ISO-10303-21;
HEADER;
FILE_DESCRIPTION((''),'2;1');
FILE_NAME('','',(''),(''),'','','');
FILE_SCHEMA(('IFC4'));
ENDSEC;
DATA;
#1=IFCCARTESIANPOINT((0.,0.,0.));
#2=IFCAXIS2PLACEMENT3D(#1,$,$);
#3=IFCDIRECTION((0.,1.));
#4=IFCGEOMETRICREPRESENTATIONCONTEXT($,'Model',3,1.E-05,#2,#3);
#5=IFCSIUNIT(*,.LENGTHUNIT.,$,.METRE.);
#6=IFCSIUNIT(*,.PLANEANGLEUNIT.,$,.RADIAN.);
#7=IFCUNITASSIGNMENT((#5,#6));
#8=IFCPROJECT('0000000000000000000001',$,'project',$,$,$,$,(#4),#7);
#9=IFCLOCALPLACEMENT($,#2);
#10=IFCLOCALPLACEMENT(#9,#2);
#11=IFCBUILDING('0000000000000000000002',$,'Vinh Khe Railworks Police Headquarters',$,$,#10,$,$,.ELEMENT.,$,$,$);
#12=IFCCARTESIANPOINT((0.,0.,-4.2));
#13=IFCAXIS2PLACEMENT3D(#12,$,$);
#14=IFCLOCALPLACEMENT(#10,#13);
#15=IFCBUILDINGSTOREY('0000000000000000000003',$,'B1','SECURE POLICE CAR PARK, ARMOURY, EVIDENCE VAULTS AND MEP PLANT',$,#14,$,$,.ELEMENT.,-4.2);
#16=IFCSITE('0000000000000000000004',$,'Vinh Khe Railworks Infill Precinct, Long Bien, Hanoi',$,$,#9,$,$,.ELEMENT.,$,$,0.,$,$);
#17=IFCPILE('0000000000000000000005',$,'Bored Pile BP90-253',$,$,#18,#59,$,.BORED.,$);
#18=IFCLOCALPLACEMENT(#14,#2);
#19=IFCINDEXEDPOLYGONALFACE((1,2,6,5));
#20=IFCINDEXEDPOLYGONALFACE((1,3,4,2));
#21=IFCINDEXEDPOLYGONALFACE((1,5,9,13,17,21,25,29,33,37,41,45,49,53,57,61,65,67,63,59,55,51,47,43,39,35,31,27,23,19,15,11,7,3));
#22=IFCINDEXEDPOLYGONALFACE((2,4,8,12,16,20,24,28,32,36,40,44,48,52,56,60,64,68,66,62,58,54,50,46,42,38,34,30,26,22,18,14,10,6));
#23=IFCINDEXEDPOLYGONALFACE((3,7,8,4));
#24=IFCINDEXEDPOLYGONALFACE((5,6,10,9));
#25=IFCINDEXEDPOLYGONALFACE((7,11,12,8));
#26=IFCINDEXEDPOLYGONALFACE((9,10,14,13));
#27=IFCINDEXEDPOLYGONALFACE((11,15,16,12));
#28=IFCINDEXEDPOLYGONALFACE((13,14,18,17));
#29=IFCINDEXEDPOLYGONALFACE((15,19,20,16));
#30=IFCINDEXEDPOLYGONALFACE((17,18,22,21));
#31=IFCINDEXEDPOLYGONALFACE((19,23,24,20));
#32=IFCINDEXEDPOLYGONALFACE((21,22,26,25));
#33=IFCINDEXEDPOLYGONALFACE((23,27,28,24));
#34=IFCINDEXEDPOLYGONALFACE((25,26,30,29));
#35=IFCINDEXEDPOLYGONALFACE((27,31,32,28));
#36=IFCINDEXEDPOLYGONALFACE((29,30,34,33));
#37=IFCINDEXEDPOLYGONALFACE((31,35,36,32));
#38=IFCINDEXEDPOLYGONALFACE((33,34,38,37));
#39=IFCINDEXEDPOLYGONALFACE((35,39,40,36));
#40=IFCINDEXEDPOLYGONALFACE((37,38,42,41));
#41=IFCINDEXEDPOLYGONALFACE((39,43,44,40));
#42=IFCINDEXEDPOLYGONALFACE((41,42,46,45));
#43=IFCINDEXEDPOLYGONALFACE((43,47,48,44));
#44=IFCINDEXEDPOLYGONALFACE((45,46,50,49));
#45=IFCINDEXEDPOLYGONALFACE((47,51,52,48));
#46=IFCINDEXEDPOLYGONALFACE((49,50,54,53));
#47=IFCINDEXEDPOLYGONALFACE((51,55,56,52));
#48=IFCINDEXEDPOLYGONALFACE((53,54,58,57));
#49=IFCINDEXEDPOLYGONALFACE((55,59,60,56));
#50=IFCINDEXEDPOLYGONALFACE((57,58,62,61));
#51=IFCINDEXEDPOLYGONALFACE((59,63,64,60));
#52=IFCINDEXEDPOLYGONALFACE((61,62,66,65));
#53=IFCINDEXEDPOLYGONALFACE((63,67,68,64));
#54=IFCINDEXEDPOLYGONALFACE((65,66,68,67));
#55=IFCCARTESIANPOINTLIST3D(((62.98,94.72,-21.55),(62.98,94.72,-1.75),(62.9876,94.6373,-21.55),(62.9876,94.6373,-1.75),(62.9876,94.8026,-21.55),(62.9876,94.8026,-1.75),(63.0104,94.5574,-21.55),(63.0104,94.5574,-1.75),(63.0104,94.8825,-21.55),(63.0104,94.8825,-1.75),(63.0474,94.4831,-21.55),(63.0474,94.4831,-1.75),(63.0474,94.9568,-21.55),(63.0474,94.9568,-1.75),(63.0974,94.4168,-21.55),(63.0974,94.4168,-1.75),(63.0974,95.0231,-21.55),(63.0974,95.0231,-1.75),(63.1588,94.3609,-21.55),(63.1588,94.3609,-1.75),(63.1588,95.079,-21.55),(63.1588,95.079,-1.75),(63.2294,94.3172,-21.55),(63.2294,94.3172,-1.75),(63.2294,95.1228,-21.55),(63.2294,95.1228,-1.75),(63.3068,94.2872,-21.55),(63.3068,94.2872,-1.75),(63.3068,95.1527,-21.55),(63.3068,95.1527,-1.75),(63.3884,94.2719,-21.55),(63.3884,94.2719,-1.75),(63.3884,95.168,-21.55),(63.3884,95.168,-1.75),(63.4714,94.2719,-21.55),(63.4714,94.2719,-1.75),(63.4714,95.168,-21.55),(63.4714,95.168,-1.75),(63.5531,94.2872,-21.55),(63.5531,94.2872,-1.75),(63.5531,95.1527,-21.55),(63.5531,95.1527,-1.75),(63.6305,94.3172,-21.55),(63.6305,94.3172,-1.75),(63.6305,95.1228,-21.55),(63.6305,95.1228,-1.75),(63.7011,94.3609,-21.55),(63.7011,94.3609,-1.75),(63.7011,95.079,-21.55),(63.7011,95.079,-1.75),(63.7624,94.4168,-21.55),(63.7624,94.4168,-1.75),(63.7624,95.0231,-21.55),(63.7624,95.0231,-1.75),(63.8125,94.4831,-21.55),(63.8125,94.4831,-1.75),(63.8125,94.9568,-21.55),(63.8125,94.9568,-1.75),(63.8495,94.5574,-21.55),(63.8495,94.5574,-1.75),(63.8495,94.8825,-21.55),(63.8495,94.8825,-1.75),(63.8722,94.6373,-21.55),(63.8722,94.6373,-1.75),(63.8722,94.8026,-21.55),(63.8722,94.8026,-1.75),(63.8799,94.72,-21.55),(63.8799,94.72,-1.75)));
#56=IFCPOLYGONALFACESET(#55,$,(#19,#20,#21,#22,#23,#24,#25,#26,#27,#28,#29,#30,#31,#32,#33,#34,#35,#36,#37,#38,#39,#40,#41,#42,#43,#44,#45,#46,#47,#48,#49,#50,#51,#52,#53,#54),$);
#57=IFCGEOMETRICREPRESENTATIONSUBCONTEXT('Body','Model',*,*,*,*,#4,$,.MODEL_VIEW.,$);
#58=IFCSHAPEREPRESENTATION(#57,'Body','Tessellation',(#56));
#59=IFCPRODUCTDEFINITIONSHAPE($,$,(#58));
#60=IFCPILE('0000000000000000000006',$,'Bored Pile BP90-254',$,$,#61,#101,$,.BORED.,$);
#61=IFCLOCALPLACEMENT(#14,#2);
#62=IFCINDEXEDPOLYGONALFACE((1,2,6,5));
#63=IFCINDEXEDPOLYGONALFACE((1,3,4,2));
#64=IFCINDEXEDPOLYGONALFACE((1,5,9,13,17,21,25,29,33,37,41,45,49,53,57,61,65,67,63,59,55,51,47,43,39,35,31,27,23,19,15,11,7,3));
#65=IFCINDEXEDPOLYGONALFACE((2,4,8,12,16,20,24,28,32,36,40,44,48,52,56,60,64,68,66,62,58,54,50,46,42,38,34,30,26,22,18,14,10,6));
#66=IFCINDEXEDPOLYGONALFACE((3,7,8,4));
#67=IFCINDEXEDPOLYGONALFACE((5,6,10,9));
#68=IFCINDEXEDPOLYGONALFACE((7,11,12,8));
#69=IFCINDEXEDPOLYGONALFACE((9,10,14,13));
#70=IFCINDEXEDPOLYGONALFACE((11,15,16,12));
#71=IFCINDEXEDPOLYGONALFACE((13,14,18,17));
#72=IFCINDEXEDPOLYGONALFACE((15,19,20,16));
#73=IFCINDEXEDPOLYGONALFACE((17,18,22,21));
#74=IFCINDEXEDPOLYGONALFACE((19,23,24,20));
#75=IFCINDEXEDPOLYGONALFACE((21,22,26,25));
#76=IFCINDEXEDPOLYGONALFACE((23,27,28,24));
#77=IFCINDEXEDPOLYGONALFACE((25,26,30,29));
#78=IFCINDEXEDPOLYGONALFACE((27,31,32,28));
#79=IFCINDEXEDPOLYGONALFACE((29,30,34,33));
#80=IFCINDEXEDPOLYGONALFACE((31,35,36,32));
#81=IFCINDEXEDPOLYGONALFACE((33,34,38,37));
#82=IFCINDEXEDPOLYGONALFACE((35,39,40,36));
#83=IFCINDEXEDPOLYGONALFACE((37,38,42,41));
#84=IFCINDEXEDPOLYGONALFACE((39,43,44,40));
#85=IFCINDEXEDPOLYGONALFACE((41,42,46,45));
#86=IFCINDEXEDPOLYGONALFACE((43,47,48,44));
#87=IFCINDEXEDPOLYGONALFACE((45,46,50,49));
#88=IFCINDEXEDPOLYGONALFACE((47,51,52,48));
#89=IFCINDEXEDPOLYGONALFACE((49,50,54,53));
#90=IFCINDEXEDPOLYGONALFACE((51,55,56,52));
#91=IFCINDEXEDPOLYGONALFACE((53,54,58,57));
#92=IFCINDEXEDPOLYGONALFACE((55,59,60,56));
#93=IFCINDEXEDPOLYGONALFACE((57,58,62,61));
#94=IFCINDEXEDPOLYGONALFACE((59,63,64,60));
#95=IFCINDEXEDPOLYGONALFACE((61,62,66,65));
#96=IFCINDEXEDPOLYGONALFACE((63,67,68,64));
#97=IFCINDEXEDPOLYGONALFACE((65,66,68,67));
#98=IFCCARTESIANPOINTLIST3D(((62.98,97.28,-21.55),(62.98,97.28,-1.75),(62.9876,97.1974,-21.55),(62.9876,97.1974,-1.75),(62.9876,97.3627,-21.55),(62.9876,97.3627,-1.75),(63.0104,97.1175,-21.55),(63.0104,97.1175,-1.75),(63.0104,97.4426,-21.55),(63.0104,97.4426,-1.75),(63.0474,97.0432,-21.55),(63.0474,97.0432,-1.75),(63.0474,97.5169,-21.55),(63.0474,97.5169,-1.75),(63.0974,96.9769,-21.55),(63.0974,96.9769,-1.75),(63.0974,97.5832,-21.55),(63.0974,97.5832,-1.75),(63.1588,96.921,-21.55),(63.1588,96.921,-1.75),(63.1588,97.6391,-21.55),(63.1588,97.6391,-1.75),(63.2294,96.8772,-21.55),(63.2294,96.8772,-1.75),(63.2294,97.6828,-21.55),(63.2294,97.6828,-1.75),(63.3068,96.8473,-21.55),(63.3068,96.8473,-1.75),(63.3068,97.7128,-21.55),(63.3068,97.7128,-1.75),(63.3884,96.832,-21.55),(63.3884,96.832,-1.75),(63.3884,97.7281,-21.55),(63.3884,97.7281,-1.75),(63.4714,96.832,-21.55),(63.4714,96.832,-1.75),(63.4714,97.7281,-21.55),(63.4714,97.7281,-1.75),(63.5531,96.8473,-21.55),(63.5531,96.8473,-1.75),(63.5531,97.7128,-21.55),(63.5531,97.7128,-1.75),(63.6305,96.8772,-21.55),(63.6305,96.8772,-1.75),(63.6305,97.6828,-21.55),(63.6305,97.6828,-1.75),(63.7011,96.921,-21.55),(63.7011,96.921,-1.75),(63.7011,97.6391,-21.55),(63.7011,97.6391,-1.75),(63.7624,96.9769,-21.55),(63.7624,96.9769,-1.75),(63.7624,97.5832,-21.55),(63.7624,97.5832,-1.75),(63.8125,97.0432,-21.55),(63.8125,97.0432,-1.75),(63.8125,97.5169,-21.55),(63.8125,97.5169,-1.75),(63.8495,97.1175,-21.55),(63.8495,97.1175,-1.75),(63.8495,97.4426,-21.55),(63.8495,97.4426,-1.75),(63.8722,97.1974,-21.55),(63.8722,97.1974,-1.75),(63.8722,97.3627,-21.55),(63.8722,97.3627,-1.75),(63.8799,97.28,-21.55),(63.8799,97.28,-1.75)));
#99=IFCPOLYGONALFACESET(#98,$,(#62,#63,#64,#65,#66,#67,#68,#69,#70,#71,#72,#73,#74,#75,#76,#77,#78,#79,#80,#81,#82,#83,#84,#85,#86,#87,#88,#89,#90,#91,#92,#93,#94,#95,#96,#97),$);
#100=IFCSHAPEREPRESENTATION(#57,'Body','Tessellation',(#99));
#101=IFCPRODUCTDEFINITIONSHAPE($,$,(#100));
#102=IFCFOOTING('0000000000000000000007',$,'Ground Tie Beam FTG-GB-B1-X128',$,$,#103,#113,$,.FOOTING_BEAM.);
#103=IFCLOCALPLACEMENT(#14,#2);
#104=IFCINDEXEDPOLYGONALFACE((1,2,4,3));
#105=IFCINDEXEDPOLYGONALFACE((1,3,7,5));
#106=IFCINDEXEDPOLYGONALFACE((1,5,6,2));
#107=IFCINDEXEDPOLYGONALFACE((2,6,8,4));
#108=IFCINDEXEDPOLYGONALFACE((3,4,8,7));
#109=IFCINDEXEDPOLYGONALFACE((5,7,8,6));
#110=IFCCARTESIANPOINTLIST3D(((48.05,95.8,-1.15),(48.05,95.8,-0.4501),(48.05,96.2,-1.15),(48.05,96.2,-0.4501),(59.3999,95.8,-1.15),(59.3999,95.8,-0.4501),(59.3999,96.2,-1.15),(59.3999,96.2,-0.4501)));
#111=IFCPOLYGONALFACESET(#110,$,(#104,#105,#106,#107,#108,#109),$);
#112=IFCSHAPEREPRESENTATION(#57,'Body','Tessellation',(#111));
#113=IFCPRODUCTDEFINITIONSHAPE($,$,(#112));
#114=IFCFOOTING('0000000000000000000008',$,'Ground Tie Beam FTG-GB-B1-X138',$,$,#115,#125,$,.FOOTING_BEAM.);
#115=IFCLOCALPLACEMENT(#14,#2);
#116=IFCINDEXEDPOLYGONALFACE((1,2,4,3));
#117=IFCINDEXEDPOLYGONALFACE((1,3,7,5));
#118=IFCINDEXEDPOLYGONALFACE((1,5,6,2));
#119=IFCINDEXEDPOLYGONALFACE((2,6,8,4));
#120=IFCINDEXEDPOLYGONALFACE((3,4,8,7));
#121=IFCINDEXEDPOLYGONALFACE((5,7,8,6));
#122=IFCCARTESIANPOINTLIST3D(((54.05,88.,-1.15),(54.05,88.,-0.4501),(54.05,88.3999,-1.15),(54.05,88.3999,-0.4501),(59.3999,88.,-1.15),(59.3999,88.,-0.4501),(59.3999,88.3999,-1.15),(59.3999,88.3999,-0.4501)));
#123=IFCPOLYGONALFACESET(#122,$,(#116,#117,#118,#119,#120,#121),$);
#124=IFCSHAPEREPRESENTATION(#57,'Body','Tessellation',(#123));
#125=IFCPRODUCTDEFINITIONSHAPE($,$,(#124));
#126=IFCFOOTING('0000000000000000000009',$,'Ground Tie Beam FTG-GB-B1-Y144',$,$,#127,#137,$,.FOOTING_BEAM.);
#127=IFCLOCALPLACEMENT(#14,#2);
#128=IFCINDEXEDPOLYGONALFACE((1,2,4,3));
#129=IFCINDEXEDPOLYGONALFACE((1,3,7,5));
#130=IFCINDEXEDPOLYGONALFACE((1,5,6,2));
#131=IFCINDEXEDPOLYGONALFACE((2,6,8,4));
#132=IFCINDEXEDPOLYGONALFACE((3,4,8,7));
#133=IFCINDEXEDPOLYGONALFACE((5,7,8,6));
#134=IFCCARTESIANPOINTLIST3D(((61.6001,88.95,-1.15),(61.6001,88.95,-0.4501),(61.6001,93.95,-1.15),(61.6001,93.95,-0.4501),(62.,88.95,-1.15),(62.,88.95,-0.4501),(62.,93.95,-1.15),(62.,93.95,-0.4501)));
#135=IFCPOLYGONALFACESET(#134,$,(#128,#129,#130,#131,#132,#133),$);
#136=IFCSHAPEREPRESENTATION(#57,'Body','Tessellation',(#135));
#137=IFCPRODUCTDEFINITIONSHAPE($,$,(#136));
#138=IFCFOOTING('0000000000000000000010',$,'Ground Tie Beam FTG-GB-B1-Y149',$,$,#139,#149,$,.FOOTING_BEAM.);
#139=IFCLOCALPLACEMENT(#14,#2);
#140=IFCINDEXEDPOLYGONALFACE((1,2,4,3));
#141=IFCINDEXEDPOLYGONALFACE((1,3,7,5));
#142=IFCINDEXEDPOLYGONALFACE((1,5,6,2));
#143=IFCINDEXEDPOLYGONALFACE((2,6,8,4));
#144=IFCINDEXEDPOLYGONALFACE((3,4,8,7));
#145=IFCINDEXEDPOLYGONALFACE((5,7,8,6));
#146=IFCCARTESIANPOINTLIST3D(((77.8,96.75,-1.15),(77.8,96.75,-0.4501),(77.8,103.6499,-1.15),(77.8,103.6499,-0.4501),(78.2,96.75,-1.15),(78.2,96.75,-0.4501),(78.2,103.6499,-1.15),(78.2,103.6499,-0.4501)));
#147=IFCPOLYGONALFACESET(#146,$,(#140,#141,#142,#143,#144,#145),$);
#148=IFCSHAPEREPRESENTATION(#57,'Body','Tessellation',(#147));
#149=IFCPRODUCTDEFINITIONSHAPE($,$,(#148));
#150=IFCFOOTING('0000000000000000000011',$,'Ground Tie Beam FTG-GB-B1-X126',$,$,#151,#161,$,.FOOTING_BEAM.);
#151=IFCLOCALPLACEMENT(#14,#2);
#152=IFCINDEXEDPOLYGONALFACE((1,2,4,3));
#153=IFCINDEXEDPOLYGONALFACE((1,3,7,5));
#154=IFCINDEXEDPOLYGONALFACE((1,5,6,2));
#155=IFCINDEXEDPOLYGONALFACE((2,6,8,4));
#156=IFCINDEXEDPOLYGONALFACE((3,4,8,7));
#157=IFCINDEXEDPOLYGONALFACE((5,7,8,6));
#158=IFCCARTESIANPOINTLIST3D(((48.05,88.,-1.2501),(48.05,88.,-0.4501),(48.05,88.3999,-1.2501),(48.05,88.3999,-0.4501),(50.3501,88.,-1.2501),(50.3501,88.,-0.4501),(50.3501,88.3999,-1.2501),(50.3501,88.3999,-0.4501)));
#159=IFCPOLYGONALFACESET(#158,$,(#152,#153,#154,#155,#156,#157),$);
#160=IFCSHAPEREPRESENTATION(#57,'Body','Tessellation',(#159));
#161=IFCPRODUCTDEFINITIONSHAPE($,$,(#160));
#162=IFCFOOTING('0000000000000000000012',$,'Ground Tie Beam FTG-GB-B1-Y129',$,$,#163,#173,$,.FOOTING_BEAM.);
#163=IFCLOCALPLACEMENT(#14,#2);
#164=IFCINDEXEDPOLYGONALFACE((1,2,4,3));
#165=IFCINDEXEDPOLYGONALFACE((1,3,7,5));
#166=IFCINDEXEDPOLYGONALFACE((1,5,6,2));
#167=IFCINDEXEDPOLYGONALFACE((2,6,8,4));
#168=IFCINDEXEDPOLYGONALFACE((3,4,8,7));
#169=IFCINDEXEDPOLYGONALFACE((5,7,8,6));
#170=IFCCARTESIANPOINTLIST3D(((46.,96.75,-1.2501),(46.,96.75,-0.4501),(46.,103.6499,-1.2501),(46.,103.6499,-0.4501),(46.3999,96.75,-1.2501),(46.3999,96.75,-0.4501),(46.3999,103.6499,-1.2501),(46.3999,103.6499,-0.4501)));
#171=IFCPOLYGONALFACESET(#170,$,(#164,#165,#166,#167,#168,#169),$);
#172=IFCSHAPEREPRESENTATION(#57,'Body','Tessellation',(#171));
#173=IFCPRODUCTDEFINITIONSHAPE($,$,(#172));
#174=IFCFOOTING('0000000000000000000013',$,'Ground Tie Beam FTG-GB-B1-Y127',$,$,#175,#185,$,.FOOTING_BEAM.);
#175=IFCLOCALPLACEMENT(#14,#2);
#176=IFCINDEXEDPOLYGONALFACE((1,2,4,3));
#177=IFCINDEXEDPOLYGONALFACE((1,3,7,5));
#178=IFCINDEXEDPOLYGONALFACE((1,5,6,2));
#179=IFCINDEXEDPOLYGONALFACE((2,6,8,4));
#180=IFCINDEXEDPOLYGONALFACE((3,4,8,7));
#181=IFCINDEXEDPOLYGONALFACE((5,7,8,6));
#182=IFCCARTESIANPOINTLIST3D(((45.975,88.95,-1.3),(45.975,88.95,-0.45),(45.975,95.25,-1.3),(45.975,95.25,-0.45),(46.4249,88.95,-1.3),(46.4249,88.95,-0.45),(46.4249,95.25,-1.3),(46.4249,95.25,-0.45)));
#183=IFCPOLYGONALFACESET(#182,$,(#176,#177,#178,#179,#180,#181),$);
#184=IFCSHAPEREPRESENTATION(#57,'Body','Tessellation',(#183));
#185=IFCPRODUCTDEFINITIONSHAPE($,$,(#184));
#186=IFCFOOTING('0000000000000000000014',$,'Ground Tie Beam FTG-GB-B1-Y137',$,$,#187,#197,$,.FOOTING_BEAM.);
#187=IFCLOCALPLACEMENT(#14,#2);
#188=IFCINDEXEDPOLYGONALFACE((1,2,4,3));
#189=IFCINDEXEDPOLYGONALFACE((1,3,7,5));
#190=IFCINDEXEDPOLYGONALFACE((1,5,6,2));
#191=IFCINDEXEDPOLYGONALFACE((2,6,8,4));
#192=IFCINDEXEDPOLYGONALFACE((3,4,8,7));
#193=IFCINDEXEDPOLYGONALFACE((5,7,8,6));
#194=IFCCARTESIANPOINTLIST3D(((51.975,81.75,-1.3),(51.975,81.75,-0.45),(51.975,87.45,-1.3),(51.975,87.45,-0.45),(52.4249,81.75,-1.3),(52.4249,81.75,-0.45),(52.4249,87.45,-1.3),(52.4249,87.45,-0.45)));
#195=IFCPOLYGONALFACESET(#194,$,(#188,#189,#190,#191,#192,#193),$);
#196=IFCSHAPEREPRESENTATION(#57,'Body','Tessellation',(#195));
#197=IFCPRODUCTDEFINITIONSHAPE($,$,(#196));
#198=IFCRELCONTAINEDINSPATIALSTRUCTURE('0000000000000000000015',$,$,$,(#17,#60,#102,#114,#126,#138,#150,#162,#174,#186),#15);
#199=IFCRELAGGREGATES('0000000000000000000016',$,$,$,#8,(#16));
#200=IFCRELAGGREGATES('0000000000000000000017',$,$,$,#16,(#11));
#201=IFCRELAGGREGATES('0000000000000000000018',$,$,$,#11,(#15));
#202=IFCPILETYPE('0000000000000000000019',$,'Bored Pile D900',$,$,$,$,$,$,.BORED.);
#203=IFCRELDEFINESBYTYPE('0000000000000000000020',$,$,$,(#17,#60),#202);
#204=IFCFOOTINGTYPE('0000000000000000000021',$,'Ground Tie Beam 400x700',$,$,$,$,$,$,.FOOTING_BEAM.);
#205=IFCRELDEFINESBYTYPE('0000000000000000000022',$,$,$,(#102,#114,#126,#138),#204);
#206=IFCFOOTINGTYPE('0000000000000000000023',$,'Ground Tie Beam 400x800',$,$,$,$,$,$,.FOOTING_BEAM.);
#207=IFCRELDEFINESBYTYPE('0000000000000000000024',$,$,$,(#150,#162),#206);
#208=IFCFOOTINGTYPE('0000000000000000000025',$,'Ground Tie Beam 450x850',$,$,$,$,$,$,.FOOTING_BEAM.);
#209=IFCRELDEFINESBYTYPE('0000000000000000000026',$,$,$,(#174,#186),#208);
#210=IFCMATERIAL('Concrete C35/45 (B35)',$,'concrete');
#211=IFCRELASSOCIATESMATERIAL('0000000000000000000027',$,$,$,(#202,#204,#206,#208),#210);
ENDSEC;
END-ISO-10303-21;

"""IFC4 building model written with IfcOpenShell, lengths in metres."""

from ifc_helpers import new_model, si_unit, direction, frame, origin, origin_2d, place, context, subcontext, project, spatial, rectangle, circle, extrude, material, material_profile, profile_set, type_object, element, save


model = new_model("IFC4")

# Units and contexts
model_context = context("Model", 3, precision=1e-05, world=origin(), true_north=direction((0.0, 1.0)))
body_context = subcontext(model_context, "Body", "Model", "MODEL_VIEW")
ifc_project = project(units=[si_unit("LENGTHUNIT", "METRE"), si_unit("PLANEANGLEUNIT", "RADIAN")], contexts=[model_context])

# Site, building, storey
site_placement = place(None, origin())
site = spatial("IfcSite", under=ifc_project, at=site_placement, Name="Vinh Khe Railworks Infill Precinct, Long Bien, Hanoi", CompositionType="ELEMENT", RefElevation=0.0)
building_placement = place(site_placement, origin())
building = spatial("IfcBuilding", under=site, at=building_placement, Name="Vinh Khe Railworks Police Headquarters", CompositionType="ELEMENT")
storey_placement = place(building_placement, frame((0.0, 0.0, -4.2)))
storey = spatial("IfcBuildingStorey", under=building, at=storey_placement, Name="B1", Description="SECURE POLICE CAR PARK, ARMOURY, EVIDENCE VAULTS AND MEP PLANT", CompositionType="ELEMENT", Elevation=-4.2)

# Piles
ifc_material_1 = material(Name="Concrete C35/45 (B35)", Category="concrete")
ifc_material_profile_1 = material_profile(ifc_material_1, circle(Radius=0.45, at=origin_2d()), Name="BORED PILE D900")
ifc_profile_set_1 = profile_set([ifc_material_profile_1], Name="Concrete C35/45 (B35)")
pile_type_1 = type_object("IfcPileType", Name="Bored Pile D900", PredefinedType="BORED", material=ifc_profile_set_1)
for number, where, z_axis, x_axis, name in (
    (1, (63.4299, 94.72, -1.75), (0.0, 0.0, -1.0), (1.0, 0.0, 0.0), "Bored Pile BP90-253"),
    (2, (63.4299, 97.28, -1.75), (0.0, 0.0, -1.0), (1.0, 0.0, 0.0), "Bored Pile BP90-254"),
):
    element("IfcPile", number, at=place(storey_placement, frame(where, z_axis=z_axis, x_axis=x_axis)), inside=storey, type_object=pile_type_1, Name=name, PredefinedType="BORED", context=body_context, shape_type="SweptSolid", body=[
        extrude(circle(Radius=0.45, at=origin_2d()), origin(), (0.0, 0.0, 1.0), 19.8),
    ])

# Footings
ifc_material_profile_2 = material_profile(ifc_material_1, rectangle(XDim=0.3999, YDim=0.7, at=origin_2d()), Name="RC 400x700")
ifc_profile_set_2 = profile_set([ifc_material_profile_2], Name="Concrete C35/45 (B35)")
footing_type_1 = type_object("IfcFootingType", Name="Ground Tie Beam 400x700", PredefinedType="FOOTING_BEAM", material=ifc_profile_set_2)
footing_1_placement = place(storey_placement, frame((48.05, 96.0, -0.8), z_axis=(1.0, 0.0, 0.0), x_axis=(0.0, 1.0, 0.0)))
element("IfcFooting", 3, at=footing_1_placement, inside=storey, type_object=footing_type_1, Name="Ground Tie Beam FTG-GB-B1-X128", PredefinedType="FOOTING_BEAM", context=body_context, shape_type="SweptSolid", body=[
    extrude(rectangle(XDim=0.3999, YDim=0.7, at=origin_2d()), origin(), (0.0, 0.0, 1.0), 11.3499),
])
footing_2_placement = place(storey_placement, frame((54.05, 88.2, -0.8), z_axis=(1.0, 0.0, 0.0), x_axis=(0.0, 1.0, 0.0)))
element("IfcFooting", 4, at=footing_2_placement, inside=storey, type_object=footing_type_1, Name="Ground Tie Beam FTG-GB-B1-X138", PredefinedType="FOOTING_BEAM", context=body_context, shape_type="SweptSolid", body=[
    extrude(rectangle(XDim=0.3999, YDim=0.7, at=origin_2d()), origin(), (0.0, 0.0, 1.0), 5.3499),
])
footing_3_placement = place(storey_placement, frame((61.8, 88.95, -0.8), z_axis=(0.0, 1.0, 0.0), x_axis=(-1.0, 0.0, 0.0)))
element("IfcFooting", 5, at=footing_3_placement, inside=storey, type_object=footing_type_1, Name="Ground Tie Beam FTG-GB-B1-Y144", PredefinedType="FOOTING_BEAM", context=body_context, shape_type="SweptSolid", body=[
    extrude(rectangle(XDim=0.3999, YDim=0.7, at=origin_2d()), origin(), (0.0, 0.0, 1.0), 5.0),
])
footing_4_placement = place(storey_placement, frame((78.0, 96.75, -0.8), z_axis=(0.0, 1.0, 0.0), x_axis=(-1.0, 0.0, 0.0)))
element("IfcFooting", 6, at=footing_4_placement, inside=storey, type_object=footing_type_1, Name="Ground Tie Beam FTG-GB-B1-Y149", PredefinedType="FOOTING_BEAM", context=body_context, shape_type="SweptSolid", body=[
    extrude(rectangle(XDim=0.3999, YDim=0.7, at=origin_2d()), origin(), (0.0, 0.0, 1.0), 6.8999),
])
ifc_material_profile_3 = material_profile(ifc_material_1, rectangle(XDim=0.3999, YDim=0.8, at=origin_2d()), Name="RC 400x800")
ifc_profile_set_3 = profile_set([ifc_material_profile_3], Name="Concrete C35/45 (B35)")
footing_type_2 = type_object("IfcFootingType", Name="Ground Tie Beam 400x800", PredefinedType="FOOTING_BEAM", material=ifc_profile_set_3)
footing_5_placement = place(storey_placement, frame((48.05, 88.2, -0.8501), z_axis=(1.0, 0.0, 0.0), x_axis=(0.0, 1.0, 0.0)))
element("IfcFooting", 7, at=footing_5_placement, inside=storey, type_object=footing_type_2, Name="Ground Tie Beam FTG-GB-B1-X126", PredefinedType="FOOTING_BEAM", context=body_context, shape_type="SweptSolid", body=[
    extrude(rectangle(XDim=0.3999, YDim=0.8, at=origin_2d()), origin(), (0.0, 0.0, 1.0), 2.3),
])
footing_6_placement = place(storey_placement, frame((46.2, 96.75, -0.8501), z_axis=(0.0, 1.0, 0.0), x_axis=(-1.0, 0.0, 0.0)))
element("IfcFooting", 8, at=footing_6_placement, inside=storey, type_object=footing_type_2, Name="Ground Tie Beam FTG-GB-B1-Y129", PredefinedType="FOOTING_BEAM", context=body_context, shape_type="SweptSolid", body=[
    extrude(rectangle(XDim=0.3999, YDim=0.8, at=origin_2d()), origin(), (0.0, 0.0, 1.0), 6.8999),
])
ifc_material_profile_4 = material_profile(ifc_material_1, rectangle(XDim=0.45, YDim=0.8501, at=origin_2d()), Name="RC 450x850")
ifc_profile_set_4 = profile_set([ifc_material_profile_4], Name="Concrete C35/45 (B35)")
footing_type_3 = type_object("IfcFootingType", Name="Ground Tie Beam 450x850", PredefinedType="FOOTING_BEAM", material=ifc_profile_set_4)
footing_7_placement = place(storey_placement, frame((46.2, 88.95, -0.875), z_axis=(0.0, 1.0, 0.0), x_axis=(-1.0, 0.0, 0.0)))
element("IfcFooting", 9, at=footing_7_placement, inside=storey, type_object=footing_type_3, Name="Ground Tie Beam FTG-GB-B1-Y127", PredefinedType="FOOTING_BEAM", context=body_context, shape_type="SweptSolid", body=[
    extrude(rectangle(XDim=0.45, YDim=0.8501, at=origin_2d()), origin(), (0.0, 0.0, 1.0), 6.3),
])
for number, where, z_axis, x_axis, name in (
    (10, (52.2, 81.75, -0.875), (0.0, 1.0, 0.0), (-1.0, 0.0, 0.0), "Ground Tie Beam FTG-GB-B1-Y137"),
):
    element("IfcFooting", number, at=place(storey_placement, frame(where, z_axis=z_axis, x_axis=x_axis)), inside=storey, type_object=footing_type_3, Name=name, PredefinedType="FOOTING_BEAM", context=body_context, shape_type="SweptSolid", body=[
        extrude(rectangle(XDim=0.45, YDim=0.8501, at=origin_2d()), origin(), (0.0, 0.0, 1.0), 5.7),
    ])

save(model, "model.ifc")
